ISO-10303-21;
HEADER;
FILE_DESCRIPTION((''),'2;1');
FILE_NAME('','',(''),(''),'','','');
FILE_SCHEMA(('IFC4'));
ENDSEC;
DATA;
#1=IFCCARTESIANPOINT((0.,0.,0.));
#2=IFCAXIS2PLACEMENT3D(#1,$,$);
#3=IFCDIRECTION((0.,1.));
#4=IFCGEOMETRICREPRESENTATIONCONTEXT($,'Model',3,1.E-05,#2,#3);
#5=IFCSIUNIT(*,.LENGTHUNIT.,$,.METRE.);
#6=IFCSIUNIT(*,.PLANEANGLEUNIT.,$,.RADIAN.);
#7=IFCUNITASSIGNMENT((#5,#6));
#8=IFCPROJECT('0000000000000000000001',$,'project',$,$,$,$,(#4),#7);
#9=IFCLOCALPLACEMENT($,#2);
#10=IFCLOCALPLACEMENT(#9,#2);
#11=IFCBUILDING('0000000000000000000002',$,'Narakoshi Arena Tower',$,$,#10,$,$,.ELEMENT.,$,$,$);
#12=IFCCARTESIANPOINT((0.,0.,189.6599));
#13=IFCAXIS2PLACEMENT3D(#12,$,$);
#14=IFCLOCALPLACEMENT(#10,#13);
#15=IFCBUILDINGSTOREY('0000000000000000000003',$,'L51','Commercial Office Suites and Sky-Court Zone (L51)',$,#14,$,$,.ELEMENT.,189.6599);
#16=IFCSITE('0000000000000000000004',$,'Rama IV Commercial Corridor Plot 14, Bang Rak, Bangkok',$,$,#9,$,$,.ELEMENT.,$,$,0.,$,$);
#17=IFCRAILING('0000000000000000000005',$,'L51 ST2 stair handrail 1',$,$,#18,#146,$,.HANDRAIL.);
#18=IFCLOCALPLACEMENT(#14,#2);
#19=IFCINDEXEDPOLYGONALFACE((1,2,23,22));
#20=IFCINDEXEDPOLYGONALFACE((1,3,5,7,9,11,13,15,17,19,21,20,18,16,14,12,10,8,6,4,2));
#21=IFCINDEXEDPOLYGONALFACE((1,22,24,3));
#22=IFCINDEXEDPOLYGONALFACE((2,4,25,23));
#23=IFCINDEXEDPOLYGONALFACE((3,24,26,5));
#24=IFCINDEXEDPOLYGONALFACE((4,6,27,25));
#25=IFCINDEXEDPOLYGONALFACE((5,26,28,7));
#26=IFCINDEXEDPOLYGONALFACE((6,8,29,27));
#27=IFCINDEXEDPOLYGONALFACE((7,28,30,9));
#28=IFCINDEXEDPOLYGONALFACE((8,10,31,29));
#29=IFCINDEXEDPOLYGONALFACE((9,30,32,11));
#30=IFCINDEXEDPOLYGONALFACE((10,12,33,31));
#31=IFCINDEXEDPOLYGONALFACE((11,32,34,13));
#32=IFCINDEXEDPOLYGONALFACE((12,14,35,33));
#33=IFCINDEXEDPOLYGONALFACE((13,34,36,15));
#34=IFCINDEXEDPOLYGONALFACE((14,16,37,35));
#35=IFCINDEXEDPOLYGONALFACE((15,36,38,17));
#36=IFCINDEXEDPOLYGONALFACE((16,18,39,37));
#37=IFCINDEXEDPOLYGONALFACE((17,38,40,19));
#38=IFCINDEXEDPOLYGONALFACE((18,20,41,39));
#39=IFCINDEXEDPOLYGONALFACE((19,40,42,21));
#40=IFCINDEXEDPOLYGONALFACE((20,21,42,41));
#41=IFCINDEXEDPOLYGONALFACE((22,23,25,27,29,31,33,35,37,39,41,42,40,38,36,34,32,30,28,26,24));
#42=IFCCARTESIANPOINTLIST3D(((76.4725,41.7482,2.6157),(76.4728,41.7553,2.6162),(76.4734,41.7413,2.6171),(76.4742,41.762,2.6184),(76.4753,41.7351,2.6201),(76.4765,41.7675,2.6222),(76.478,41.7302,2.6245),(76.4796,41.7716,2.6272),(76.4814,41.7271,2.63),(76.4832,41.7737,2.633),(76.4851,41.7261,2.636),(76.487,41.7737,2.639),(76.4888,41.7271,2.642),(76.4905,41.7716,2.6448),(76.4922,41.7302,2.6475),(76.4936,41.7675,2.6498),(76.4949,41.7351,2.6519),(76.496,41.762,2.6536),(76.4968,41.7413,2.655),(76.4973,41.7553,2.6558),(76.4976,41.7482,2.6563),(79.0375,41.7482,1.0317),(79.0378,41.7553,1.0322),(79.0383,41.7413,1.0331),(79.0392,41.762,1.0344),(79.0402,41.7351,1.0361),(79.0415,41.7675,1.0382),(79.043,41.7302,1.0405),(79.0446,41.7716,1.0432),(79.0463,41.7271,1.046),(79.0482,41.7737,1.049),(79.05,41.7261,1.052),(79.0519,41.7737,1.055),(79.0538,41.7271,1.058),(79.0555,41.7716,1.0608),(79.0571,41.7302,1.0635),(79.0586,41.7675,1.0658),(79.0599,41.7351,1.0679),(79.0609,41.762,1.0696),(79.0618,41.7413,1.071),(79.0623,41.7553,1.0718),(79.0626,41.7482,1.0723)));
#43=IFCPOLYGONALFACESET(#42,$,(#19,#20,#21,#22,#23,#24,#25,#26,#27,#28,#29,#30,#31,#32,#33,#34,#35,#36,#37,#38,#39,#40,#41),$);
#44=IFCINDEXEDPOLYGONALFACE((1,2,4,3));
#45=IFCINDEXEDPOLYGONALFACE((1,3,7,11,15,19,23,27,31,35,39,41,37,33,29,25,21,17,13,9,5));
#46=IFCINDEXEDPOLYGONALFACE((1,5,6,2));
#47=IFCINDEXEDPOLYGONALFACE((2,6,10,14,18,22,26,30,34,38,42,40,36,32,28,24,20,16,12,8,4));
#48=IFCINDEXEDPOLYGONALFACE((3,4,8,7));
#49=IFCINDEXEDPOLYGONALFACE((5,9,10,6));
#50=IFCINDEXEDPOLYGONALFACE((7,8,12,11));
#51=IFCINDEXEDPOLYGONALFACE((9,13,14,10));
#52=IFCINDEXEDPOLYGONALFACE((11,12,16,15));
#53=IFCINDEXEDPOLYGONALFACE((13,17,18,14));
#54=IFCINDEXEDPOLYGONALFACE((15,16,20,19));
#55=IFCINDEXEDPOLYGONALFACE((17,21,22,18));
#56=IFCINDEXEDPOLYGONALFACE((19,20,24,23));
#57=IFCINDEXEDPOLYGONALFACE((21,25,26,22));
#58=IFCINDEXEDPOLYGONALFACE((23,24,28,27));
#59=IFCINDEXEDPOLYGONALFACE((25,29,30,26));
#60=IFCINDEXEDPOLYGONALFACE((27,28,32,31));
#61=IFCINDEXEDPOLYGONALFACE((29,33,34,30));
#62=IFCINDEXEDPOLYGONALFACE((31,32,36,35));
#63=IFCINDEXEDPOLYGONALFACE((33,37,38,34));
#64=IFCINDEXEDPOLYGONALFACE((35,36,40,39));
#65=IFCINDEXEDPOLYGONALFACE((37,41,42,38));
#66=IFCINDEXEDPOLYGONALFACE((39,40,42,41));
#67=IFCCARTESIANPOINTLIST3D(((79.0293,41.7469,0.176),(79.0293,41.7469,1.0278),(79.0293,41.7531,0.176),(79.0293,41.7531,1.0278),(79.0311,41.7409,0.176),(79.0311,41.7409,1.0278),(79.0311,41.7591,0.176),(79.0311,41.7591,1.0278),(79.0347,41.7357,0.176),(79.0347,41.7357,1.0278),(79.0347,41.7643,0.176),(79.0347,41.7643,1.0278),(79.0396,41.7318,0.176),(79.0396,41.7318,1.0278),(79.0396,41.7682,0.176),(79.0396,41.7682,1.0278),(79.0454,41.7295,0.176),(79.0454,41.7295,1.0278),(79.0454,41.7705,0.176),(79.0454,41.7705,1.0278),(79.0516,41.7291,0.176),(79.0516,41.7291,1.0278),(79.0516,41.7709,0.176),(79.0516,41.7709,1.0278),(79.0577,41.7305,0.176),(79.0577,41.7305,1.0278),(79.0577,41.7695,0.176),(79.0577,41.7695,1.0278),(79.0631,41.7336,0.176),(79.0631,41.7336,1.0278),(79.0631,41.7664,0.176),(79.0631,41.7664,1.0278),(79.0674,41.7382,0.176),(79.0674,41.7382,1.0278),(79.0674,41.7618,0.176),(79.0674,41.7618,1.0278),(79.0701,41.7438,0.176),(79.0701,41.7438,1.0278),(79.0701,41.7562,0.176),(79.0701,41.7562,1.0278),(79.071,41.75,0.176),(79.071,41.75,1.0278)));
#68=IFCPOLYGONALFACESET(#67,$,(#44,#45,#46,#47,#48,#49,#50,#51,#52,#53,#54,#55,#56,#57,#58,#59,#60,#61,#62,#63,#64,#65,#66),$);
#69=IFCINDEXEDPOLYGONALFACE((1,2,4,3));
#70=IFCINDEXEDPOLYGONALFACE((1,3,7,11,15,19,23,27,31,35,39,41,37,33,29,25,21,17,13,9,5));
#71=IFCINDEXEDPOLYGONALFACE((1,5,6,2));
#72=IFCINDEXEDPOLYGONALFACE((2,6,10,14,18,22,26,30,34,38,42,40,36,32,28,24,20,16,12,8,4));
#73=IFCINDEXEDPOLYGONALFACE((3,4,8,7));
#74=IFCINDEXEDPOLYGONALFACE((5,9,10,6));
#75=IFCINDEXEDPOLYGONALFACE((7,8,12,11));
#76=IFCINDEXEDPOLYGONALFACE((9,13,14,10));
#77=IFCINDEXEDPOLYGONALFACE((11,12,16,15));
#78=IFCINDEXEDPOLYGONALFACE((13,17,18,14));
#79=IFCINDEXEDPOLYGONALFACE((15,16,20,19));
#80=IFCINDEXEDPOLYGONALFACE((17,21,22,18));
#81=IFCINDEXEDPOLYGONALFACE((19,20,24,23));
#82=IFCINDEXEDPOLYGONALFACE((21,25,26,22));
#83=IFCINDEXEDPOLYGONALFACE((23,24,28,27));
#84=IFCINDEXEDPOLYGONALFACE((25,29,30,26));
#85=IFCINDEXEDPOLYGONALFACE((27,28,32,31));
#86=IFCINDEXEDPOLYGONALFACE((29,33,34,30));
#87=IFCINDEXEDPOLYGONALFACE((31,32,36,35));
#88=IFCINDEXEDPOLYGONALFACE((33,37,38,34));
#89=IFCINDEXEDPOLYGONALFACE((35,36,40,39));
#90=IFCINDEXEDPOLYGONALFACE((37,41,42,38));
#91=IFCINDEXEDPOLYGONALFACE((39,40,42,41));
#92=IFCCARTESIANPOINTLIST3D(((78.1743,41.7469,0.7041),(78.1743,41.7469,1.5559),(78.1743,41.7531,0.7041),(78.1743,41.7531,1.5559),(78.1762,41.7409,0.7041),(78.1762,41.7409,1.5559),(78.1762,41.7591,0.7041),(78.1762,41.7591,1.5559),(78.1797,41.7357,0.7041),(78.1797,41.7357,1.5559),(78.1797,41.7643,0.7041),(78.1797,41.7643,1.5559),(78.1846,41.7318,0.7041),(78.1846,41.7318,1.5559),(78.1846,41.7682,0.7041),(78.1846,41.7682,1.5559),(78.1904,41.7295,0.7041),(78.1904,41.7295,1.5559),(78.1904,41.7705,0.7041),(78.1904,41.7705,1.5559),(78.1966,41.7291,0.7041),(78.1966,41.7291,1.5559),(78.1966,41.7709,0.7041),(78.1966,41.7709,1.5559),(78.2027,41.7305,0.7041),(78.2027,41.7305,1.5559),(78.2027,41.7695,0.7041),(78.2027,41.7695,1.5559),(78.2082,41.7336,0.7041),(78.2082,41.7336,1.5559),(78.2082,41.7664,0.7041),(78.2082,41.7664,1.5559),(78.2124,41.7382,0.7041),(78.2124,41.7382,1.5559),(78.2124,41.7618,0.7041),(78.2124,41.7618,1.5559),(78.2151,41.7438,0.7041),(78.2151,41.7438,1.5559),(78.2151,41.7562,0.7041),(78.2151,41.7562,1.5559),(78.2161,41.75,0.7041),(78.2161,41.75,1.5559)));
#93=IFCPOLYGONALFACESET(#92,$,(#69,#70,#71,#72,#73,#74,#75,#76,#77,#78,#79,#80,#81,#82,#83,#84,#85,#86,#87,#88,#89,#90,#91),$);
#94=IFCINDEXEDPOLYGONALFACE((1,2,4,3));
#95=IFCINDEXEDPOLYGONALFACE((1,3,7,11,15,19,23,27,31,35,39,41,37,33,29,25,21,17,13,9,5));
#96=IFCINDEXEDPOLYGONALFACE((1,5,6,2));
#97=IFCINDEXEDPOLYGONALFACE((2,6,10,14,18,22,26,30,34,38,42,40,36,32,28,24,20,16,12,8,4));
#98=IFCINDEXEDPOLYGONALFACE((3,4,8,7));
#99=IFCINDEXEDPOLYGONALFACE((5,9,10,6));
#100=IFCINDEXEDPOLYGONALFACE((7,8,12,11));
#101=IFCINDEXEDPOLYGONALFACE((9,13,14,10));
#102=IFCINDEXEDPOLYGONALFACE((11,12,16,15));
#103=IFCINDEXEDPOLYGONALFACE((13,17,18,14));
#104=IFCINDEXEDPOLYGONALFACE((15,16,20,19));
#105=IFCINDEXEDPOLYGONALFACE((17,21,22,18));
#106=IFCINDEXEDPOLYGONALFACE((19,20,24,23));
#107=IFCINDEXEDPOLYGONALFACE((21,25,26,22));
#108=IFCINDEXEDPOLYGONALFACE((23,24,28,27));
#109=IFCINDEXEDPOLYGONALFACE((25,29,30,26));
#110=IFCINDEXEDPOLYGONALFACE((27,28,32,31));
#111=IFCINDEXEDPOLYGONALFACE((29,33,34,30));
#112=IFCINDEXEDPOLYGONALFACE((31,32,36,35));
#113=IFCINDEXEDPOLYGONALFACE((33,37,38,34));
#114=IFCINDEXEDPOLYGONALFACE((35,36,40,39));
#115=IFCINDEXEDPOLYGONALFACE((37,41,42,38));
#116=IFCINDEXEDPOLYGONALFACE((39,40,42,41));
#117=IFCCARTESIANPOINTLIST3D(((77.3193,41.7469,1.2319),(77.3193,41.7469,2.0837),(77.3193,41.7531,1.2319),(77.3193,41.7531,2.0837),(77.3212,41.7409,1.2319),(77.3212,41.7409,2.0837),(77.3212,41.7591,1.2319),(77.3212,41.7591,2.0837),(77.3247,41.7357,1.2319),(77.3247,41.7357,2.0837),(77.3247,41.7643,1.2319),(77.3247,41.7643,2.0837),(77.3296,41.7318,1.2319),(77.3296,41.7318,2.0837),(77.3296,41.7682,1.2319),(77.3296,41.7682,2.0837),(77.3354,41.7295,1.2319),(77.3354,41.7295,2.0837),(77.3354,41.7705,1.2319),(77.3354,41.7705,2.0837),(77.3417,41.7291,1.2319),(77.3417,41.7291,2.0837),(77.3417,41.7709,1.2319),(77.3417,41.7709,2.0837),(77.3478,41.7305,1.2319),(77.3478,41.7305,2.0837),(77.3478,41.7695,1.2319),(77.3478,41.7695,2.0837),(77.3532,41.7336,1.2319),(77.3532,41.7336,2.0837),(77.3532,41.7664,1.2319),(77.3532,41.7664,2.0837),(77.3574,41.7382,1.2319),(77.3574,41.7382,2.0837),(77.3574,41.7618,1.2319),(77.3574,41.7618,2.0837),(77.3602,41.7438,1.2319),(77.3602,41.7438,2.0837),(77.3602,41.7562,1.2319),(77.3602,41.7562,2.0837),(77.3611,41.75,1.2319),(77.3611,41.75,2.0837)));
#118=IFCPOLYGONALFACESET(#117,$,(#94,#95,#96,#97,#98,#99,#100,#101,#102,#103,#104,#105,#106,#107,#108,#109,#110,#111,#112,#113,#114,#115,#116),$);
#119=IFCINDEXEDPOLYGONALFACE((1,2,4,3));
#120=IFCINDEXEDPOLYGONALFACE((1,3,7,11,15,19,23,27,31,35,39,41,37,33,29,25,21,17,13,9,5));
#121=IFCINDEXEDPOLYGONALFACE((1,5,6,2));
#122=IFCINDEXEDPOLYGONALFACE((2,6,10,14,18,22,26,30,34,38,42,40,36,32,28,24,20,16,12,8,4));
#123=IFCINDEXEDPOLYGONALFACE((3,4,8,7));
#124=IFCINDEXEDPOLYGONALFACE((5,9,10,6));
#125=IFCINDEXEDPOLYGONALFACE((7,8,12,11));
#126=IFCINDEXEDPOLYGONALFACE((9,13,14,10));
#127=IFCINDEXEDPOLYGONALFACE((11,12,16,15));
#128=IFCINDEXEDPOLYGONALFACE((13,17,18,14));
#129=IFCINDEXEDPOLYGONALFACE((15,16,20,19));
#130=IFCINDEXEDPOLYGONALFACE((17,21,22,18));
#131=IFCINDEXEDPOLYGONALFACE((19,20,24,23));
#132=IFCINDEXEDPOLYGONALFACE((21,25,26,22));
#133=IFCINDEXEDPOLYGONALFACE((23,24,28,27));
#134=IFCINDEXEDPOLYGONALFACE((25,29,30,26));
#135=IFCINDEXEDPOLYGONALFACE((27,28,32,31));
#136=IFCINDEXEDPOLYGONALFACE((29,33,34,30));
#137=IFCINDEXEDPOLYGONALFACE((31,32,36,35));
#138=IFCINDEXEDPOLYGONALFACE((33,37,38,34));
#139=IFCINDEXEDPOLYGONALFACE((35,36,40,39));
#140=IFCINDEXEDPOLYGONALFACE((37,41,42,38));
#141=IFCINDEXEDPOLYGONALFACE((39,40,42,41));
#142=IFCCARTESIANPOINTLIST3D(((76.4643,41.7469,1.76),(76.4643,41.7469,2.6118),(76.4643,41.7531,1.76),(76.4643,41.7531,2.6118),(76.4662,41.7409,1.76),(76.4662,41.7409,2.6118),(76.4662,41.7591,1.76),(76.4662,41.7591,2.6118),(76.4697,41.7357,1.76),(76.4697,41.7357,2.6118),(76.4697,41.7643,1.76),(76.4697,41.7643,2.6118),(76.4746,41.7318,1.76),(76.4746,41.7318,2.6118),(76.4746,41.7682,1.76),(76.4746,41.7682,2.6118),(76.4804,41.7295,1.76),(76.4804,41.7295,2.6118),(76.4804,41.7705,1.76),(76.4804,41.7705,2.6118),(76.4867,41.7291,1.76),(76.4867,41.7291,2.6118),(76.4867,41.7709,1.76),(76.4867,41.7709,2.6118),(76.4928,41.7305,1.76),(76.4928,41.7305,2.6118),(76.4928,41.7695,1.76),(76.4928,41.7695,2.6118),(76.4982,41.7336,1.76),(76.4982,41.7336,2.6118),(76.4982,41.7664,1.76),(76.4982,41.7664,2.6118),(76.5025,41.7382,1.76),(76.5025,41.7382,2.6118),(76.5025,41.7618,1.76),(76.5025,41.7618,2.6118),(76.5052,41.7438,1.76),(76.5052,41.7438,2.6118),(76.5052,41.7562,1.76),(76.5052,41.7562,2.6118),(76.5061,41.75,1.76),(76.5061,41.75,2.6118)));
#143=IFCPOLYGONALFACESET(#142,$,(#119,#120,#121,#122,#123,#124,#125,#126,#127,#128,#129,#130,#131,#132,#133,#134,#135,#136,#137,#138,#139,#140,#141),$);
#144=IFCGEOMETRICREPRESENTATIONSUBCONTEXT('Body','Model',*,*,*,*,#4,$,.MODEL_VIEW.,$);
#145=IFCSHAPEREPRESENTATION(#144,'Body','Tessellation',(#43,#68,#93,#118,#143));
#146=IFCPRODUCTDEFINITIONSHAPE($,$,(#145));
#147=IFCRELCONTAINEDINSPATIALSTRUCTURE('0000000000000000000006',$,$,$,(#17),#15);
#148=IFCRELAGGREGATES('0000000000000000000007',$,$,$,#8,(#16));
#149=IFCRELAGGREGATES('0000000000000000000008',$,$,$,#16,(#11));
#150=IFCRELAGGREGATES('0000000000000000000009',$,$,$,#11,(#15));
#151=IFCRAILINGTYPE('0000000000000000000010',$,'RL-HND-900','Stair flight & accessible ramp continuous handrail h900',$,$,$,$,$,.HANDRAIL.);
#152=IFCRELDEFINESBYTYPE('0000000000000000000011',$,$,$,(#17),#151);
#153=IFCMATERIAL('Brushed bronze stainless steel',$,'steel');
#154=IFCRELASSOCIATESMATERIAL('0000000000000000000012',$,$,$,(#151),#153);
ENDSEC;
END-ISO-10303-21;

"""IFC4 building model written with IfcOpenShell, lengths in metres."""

from ifc_helpers import new_model, si_unit, direction, frame, origin, origin_2d, place, context, subcontext, project, spatial, circle, extrude, material, type_object, element, save


model = new_model("IFC4")

# Units and contexts
model_context = context("Model", 3, precision=1e-05, world=origin(), true_north=direction((0.0, 1.0)))
body_context = subcontext(model_context, "Body", "Model", "MODEL_VIEW")
ifc_project = project(units=[si_unit("LENGTHUNIT", "METRE"), si_unit("PLANEANGLEUNIT", "RADIAN")], contexts=[model_context])

# Site, building, storey
site_placement = place(None, origin())
site = spatial("IfcSite", under=ifc_project, at=site_placement, Name="Rama IV Commercial Corridor Plot 14, Bang Rak, Bangkok", CompositionType="ELEMENT", RefElevation=0.0)
building_placement = place(site_placement, origin())
building = spatial("IfcBuilding", under=site, at=building_placement, Name="Narakoshi Arena Tower", CompositionType="ELEMENT")
storey_placement = place(building_placement, frame((0.0, 0.0, 189.6599)))
storey = spatial("IfcBuildingStorey", under=building, at=storey_placement, Name="L51", Description="Commercial Office Suites and Sky-Court Zone (L51)", CompositionType="ELEMENT", Elevation=189.6599)

# Railing
ifc_material_1 = material(Name="Brushed bronze stainless steel", Category="steel")
railing_type_1 = type_object("IfcRailingType", Name="RL-HND-900", Description="Stair flight & accessible ramp continuous handrail h900", PredefinedType="HANDRAIL", material=ifc_material_1)
railing_1_placement = place(storey_placement, frame((79.05, 41.75, 0.176)))
element("IfcRailing", 1, at=railing_1_placement, inside=storey, type_object=railing_type_1, Name="L51 ST2 stair handrail 1", PredefinedType="HANDRAIL", context=body_context, shape_type="SweptSolid", body=[
    extrude(circle(Radius=0.0239, at=origin_2d()), frame((0.0, 0.0, 0.876), z_axis=(-0.850834, 0.0, 0.525434), x_axis=(0.0, -1.0, 0.0)), (0.0, 0.0, 1.0), 3.0146),
    extrude(circle(Radius=0.021, at=origin_2d()), origin(), (0.0, 0.0, 1.0), 0.8518),
    extrude(circle(Radius=0.021, at=origin_2d()), frame((-0.855, 0.0, 0.5281)), (0.0, 0.0, 1.0), 0.8518),
    extrude(circle(Radius=0.021, at=origin_2d()), frame((-1.71, 0.0, 1.0559)), (0.0, 0.0, 1.0), 0.8518),
    extrude(circle(Radius=0.021, at=origin_2d()), frame((-2.5649, 0.0, 1.584)), (0.0, 0.0, 1.0), 0.8518),
])

save(model, "model.ifc")
